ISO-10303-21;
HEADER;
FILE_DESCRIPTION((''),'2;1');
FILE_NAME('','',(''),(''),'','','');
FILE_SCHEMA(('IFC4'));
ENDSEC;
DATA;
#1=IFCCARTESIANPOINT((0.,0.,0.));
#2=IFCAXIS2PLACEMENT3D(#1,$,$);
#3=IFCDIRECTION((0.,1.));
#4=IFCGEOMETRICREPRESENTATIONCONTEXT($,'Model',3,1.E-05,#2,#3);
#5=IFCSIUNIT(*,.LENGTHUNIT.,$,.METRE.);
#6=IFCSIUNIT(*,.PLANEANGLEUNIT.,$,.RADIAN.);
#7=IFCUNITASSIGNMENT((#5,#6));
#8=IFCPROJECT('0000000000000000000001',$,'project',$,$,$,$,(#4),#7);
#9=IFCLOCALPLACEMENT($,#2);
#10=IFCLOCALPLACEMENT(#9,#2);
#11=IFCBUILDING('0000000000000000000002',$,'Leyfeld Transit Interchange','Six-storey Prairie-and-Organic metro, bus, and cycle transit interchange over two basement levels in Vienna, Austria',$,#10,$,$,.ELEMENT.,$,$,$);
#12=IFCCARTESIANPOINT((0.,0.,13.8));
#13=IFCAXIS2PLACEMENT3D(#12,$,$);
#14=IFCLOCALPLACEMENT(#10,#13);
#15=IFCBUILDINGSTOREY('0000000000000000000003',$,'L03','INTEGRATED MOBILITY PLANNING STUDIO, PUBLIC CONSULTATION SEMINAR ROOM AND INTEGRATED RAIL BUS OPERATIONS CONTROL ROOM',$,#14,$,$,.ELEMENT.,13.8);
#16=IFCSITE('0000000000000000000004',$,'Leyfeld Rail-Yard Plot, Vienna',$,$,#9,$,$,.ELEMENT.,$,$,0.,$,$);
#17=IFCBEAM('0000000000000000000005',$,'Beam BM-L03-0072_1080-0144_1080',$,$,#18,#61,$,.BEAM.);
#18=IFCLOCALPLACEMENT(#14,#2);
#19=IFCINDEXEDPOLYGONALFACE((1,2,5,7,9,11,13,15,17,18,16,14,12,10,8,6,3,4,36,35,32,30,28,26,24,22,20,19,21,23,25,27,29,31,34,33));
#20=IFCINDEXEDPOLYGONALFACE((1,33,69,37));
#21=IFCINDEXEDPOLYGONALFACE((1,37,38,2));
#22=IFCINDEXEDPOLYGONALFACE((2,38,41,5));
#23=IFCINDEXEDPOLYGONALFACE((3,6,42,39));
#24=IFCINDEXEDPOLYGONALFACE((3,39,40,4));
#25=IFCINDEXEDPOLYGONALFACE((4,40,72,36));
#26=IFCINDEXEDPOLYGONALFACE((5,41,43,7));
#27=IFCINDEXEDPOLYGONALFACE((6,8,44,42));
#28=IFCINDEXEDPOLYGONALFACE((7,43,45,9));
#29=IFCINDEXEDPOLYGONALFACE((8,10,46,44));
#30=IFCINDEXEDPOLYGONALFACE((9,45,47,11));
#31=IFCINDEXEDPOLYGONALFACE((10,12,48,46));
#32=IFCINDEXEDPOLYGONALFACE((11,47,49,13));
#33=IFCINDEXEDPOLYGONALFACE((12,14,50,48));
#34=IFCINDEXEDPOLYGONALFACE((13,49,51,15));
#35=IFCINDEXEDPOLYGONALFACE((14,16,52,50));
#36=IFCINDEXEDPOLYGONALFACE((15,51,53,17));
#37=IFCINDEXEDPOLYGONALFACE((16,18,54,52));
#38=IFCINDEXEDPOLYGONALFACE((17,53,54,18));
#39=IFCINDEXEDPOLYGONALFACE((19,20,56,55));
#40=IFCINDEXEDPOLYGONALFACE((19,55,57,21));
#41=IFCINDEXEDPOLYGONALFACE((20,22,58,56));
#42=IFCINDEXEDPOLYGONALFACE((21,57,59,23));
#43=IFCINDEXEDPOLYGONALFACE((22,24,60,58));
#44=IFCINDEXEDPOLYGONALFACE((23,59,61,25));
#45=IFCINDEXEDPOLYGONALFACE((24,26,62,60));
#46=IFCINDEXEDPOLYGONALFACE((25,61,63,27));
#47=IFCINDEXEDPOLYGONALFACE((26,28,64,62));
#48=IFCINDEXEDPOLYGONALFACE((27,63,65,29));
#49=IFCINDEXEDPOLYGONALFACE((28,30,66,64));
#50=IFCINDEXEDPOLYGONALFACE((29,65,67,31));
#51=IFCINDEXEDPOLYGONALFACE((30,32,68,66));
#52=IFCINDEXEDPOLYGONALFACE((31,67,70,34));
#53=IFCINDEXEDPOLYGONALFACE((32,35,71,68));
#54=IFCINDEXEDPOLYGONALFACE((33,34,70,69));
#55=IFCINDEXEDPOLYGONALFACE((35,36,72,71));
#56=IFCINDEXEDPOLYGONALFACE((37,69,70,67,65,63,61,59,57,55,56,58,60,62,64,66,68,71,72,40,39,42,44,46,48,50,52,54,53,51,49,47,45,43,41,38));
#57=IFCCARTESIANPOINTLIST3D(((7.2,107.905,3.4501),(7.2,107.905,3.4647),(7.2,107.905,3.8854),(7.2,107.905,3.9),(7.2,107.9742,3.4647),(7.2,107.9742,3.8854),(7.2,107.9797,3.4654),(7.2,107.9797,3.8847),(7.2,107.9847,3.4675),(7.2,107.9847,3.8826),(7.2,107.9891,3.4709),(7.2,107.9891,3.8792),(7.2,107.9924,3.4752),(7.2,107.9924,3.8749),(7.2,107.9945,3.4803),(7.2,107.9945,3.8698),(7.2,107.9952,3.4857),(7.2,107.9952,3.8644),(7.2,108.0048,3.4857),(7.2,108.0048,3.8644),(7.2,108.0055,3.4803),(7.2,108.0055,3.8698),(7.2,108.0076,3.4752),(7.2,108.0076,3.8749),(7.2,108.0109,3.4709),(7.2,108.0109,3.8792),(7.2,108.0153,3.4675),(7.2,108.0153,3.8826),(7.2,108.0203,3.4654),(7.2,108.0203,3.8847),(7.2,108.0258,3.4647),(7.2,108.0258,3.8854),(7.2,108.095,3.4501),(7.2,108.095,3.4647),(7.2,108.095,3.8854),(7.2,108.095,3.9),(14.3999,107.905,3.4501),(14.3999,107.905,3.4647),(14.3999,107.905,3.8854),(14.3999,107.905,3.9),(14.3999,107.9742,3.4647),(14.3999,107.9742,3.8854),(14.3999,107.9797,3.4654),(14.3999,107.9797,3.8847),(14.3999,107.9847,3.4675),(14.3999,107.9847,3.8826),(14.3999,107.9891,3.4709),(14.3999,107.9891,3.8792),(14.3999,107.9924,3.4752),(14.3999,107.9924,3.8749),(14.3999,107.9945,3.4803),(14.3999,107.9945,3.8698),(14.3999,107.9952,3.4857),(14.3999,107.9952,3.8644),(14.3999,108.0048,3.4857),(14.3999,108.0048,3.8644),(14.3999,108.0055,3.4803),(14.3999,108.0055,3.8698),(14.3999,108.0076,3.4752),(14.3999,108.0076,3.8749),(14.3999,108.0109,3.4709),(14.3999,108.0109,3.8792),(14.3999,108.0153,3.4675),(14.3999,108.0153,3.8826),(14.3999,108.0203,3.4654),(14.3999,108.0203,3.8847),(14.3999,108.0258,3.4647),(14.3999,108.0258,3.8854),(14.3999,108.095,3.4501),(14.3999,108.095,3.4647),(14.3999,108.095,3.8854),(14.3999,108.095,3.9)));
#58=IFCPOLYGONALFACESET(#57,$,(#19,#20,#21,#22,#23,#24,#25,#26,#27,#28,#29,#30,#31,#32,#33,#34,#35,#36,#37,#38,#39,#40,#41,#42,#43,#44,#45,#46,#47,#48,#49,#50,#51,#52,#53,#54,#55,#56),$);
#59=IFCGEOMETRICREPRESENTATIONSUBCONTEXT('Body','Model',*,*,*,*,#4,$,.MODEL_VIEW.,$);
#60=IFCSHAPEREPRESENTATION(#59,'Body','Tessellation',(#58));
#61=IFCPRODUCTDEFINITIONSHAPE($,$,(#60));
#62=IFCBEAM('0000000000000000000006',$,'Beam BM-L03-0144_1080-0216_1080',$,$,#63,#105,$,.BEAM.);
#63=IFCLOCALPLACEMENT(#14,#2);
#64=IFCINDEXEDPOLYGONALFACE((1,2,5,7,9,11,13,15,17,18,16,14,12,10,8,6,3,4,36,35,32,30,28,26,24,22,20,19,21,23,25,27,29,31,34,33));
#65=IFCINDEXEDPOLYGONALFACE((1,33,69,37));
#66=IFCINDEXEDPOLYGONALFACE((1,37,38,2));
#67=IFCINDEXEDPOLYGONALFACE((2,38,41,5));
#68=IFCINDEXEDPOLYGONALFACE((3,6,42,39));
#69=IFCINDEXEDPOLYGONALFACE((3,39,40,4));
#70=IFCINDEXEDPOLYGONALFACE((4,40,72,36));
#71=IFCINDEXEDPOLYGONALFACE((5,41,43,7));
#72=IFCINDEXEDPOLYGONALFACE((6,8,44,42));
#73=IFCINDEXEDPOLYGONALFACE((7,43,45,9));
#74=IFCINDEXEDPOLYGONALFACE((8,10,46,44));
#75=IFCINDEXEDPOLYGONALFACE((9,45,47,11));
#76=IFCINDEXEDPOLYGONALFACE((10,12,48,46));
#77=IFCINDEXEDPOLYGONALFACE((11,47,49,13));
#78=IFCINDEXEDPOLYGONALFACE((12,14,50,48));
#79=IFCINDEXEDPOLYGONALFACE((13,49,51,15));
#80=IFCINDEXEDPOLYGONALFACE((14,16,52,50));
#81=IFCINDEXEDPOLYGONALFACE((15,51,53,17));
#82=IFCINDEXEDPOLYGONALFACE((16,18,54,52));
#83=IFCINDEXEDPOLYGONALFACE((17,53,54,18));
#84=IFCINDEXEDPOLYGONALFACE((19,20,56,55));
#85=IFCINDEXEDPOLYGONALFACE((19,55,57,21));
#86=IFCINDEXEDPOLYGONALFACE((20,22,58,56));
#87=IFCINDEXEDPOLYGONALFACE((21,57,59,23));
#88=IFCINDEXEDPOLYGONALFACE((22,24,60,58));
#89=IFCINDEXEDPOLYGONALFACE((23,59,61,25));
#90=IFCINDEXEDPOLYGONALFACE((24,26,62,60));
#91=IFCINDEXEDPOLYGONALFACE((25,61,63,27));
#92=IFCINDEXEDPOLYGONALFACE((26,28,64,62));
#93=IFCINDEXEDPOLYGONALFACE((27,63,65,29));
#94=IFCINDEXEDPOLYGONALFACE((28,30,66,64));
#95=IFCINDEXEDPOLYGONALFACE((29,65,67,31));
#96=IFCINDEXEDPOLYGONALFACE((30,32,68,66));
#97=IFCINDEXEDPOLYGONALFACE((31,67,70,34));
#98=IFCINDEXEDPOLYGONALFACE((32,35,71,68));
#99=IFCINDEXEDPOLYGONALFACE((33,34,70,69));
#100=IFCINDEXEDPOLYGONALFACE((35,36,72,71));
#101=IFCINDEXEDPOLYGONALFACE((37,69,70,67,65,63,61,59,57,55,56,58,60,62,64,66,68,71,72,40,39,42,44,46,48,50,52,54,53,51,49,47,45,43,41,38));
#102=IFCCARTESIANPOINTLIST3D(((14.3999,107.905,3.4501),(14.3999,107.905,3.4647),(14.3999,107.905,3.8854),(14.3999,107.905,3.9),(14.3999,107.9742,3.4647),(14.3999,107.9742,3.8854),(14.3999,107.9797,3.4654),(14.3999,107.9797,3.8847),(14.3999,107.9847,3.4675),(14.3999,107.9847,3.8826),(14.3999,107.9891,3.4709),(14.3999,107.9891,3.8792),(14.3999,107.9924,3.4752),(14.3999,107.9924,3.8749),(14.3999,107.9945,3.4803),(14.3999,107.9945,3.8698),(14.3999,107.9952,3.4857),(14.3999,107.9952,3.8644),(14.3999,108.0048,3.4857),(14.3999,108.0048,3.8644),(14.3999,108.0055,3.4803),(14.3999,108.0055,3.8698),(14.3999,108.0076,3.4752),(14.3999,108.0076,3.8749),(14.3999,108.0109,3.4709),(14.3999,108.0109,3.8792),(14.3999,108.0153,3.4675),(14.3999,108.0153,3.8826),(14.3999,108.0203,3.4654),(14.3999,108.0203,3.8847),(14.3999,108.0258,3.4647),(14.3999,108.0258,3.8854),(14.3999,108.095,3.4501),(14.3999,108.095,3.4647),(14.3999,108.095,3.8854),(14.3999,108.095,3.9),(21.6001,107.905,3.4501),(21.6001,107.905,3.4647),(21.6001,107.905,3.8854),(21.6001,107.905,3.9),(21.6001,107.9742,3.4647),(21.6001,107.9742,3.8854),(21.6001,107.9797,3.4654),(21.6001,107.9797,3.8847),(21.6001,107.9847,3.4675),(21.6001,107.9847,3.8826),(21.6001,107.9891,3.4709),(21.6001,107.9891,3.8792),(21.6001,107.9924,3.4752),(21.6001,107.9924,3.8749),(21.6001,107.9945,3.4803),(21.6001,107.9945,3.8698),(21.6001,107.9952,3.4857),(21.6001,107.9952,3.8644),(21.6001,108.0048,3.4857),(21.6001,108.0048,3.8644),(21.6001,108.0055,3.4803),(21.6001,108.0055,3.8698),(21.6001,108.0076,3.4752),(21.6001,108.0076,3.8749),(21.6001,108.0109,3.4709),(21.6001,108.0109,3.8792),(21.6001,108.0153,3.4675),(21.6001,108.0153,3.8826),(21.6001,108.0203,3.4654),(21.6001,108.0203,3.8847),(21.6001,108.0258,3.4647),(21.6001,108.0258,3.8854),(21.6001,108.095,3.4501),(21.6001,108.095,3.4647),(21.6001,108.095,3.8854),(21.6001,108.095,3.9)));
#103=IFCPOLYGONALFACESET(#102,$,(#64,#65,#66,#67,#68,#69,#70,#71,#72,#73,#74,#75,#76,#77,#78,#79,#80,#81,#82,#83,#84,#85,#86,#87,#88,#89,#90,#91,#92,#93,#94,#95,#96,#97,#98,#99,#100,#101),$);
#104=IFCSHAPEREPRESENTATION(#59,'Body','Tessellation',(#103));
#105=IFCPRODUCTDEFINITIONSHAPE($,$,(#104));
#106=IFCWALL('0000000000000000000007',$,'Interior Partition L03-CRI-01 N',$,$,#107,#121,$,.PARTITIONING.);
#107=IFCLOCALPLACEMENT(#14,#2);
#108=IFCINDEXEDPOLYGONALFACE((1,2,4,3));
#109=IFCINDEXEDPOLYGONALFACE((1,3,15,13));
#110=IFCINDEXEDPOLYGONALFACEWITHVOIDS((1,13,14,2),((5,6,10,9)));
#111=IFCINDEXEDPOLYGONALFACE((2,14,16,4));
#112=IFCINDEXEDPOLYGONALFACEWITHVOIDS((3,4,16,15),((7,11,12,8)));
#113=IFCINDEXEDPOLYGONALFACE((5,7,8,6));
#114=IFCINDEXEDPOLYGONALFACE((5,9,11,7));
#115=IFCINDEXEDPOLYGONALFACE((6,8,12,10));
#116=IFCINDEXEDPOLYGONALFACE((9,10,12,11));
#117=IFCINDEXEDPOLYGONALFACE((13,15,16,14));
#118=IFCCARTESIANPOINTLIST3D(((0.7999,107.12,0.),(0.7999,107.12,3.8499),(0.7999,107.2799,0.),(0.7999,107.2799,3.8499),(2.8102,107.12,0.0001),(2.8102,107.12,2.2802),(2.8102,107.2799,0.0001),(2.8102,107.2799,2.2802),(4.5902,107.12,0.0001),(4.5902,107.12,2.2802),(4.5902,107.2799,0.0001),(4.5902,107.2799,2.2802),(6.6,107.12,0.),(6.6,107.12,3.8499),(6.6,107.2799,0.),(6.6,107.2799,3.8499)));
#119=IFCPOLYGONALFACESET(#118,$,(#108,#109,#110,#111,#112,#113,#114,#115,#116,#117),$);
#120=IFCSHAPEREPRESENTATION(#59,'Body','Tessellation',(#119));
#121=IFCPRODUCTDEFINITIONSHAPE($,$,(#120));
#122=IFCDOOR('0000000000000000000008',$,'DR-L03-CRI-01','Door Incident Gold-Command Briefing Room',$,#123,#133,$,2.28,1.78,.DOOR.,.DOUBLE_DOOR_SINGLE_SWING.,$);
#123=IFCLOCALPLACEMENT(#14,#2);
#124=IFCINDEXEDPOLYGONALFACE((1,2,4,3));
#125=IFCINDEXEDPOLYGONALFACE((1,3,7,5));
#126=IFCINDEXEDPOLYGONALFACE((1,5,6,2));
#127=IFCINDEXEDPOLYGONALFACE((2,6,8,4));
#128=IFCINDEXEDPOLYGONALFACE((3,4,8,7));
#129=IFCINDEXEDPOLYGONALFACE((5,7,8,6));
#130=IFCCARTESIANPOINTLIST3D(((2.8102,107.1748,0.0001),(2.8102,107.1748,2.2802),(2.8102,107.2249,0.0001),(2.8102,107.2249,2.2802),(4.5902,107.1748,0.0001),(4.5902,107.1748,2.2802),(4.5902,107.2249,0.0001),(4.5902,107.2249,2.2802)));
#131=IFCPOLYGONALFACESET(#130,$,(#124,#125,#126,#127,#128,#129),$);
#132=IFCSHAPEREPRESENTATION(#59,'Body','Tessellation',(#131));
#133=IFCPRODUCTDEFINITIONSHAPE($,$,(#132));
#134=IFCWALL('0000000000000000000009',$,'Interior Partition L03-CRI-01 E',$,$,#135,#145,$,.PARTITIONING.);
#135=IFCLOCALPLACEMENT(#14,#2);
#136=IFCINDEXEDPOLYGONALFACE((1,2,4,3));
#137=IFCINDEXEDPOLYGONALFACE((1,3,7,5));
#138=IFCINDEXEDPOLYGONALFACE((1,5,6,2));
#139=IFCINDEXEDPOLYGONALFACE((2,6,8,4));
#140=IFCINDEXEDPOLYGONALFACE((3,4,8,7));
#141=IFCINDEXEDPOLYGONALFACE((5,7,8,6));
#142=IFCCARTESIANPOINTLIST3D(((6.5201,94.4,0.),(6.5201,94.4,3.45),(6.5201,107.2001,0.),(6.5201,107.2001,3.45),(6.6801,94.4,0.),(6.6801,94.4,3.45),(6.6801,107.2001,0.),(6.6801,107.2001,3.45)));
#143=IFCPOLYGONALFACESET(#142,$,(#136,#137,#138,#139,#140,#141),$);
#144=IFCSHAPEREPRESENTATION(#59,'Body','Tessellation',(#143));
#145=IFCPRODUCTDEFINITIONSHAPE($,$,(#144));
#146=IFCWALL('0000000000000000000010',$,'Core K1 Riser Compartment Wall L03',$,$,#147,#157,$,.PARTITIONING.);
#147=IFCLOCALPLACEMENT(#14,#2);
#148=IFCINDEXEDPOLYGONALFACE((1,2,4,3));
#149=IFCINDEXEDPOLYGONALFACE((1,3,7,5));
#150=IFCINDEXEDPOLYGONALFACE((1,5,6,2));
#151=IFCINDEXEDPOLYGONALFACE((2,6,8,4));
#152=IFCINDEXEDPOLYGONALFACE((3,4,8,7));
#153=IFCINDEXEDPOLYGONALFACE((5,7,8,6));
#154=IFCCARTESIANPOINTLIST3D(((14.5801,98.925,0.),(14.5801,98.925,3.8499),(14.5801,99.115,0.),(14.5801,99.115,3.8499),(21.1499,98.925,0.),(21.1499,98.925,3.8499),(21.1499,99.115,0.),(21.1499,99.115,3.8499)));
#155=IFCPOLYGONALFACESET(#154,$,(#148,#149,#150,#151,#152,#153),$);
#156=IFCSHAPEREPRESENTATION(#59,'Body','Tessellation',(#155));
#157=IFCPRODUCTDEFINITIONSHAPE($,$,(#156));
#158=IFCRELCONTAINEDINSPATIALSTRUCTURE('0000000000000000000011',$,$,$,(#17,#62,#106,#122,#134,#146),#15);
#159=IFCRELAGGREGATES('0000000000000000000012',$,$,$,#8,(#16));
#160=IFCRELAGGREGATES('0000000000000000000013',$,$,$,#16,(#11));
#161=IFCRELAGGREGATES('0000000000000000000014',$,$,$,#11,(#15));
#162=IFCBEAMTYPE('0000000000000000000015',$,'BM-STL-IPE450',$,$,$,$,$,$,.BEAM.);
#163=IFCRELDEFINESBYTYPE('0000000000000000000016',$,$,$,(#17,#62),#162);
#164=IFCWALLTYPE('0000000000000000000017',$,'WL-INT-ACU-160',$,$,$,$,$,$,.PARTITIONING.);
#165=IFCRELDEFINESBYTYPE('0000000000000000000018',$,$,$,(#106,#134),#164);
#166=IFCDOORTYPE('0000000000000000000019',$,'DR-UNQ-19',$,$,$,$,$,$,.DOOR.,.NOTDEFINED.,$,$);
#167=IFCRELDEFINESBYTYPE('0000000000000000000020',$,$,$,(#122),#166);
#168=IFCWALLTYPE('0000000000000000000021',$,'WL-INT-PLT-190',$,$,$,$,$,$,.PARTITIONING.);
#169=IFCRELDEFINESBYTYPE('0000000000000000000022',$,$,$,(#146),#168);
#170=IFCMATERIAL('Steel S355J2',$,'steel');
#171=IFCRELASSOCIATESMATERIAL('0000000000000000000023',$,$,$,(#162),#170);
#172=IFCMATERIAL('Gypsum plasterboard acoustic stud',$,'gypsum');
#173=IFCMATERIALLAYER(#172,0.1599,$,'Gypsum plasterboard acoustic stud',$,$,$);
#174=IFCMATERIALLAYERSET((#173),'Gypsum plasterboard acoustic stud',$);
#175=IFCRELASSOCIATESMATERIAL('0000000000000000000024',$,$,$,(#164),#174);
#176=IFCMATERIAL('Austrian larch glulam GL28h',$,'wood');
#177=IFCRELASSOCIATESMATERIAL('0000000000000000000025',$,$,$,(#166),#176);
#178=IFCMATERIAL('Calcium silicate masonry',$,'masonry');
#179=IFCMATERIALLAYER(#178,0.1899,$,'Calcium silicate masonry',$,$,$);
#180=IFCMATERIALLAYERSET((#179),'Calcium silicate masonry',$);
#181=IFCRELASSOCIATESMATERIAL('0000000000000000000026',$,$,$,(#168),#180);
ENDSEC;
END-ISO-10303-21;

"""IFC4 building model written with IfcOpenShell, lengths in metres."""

from ifc_helpers import new_model, si_unit, direction, frame, frame_2d, origin, origin_2d, place, context, subcontext, project, spatial, rectangle, i_section, extrude, material, layer, layer_set, material_profile, profile_set, type_object, element, fill, save


model = new_model("IFC4")

# Units and contexts
model_context = context("Model", 3, precision=1e-05, world=origin(), true_north=direction((0.0, 1.0)))
body_context = subcontext(model_context, "Body", "Model", "MODEL_VIEW")
ifc_project = project(units=[si_unit("LENGTHUNIT", "METRE"), si_unit("PLANEANGLEUNIT", "RADIAN")], contexts=[model_context])

# Site, building, storey
site_placement = place(None, origin())
site = spatial("IfcSite", under=ifc_project, at=site_placement, Name="Leyfeld Rail-Yard Plot, Vienna", CompositionType="ELEMENT", RefElevation=0.0)
building_placement = place(site_placement, origin())
building = spatial("IfcBuilding", under=site, at=building_placement, Name="Leyfeld Transit Interchange", Description="Six-storey Prairie-and-Organic metro, bus, and cycle transit interchange over two basement levels in Vienna, Austria", CompositionType="ELEMENT")
storey_placement = place(building_placement, frame((0.0, 0.0, 13.8)))
storey = spatial("IfcBuildingStorey", under=building, at=storey_placement, Name="L03", Description="INTEGRATED MOBILITY PLANNING STUDIO, PUBLIC CONSULTATION SEMINAR ROOM AND INTEGRATED RAIL BUS OPERATIONS CONTROL ROOM", CompositionType="ELEMENT", Elevation=13.8)

# Beams
ifc_material_1 = material(Name="Steel S355J2", Category="steel")
ifc_material_profile_1 = material_profile(ifc_material_1, i_section(OverallWidth=0.1899, OverallDepth=0.45, WebThickness=0.0095, FlangeThickness=0.0146, FilletRadius=0.021, at=origin_2d()), Name="IPE 450")
ifc_profile_set_1 = profile_set([ifc_material_profile_1], Name="Steel S355J2")
beam_type_1 = type_object("IfcBeamType", Name="BM-STL-IPE450", PredefinedType="BEAM", material=ifc_profile_set_1)
beam_1_placement = place(storey_placement, frame((7.2, 108.0, 3.675), z_axis=(1.0, 0.0, 0.0), x_axis=(0.0, 1.0, 0.0)))
element("IfcBeam", 1, at=beam_1_placement, inside=storey, type_object=beam_type_1, Name="Beam BM-L03-0072_1080-0144_1080", PredefinedType="BEAM", context=body_context, shape_type="SweptSolid", body=[
    extrude(i_section(OverallWidth=0.1899, OverallDepth=0.45, WebThickness=0.0095, FlangeThickness=0.0146, FilletRadius=0.021, at=origin_2d()), origin(), (0.0, 0.0, 1.0), 7.2),
])
beam_2_placement = place(storey_placement, frame((14.3999, 108.0, 3.675), z_axis=(1.0, 0.0, 0.0), x_axis=(0.0, 1.0, 0.0)))
element("IfcBeam", 2, at=beam_2_placement, inside=storey, type_object=beam_type_1, Name="Beam BM-L03-0144_1080-0216_1080", PredefinedType="BEAM", context=body_context, shape_type="SweptSolid", body=[
    extrude(i_section(OverallWidth=0.1899, OverallDepth=0.45, WebThickness=0.0095, FlangeThickness=0.0146, FilletRadius=0.021, at=origin_2d()), origin(), (0.0, 0.0, 1.0), 7.2002),
])

# Wall, opening, door
ifc_material_2 = material(Name="Gypsum plasterboard acoustic stud", Category="gypsum")
ifc_layer_1 = layer(ifc_material_2, 0.1599, Name="Gypsum plasterboard acoustic stud")
ifc_layer_set_1 = layer_set([ifc_layer_1], Name="Gypsum plasterboard acoustic stud")
wall_type_1 = type_object("IfcWallType", Name="WL-INT-ACU-160", PredefinedType="PARTITIONING", material=ifc_layer_set_1)
wall_1_placement = place(storey_placement, frame((0.8, 107.2, 0.0), z_axis=(0.0, 0.0, 1.0), x_axis=(1.0, 0.0, 0.0)))
wall_1 = element("IfcWall", 3, at=wall_1_placement, inside=storey, type_object=wall_type_1, Name="Interior Partition L03-CRI-01 N", PredefinedType="PARTITIONING", context=body_context, shape_type="SweptSolid", body=[
    extrude(rectangle(XDim=5.8, YDim=0.1599, at=frame_2d((2.8999, 0.0))), origin(), (0.0, 0.0, 1.0), 3.8499),
])
opening_1_placement = place(wall_1_placement, frame((2.01, 0.0, 0.0)))
opening_1 = element("IfcOpeningElement", 4, at=opening_1_placement, cuts=wall_1, PredefinedType="OPENING", context=body_context, shape_type="SweptSolid", body=[
    extrude(rectangle(XDim=1.78, YDim=2.28, at=frame_2d((0.8901, 1.1401))), frame((0.0, 0.0898, 0.0), z_axis=(0.0, -1.0, 0.0), x_axis=(1.0, 0.0, 0.0)), (0.0, 0.0, 1.0), 0.1799),
])
ifc_material_3 = material(Name="Austrian larch glulam GL28h", Category="wood")
door_type_1 = type_object("IfcDoorType", Name="DR-UNQ-19", OperationType="NOTDEFINED", PredefinedType="DOOR", material=ifc_material_3)
door_1_placement = place(opening_1_placement, origin())
door_1 = element("IfcDoor", 5, at=door_1_placement, inside=storey, type_object=door_type_1, Name="DR-L03-CRI-01", Description="Door Incident Gold-Command Briefing Room", OperationType="DOUBLE_DOOR_SINGLE_SWING", OverallHeight=2.28, OverallWidth=1.78, PredefinedType="DOOR", context=body_context, shape_type="SweptSolid", body=[
    extrude(rectangle(XDim=1.78, YDim=2.28, at=frame_2d((0.8901, 1.1401))), frame((0.0, 0.0249, 0.0), z_axis=(0.0, -1.0, 0.0), x_axis=(1.0, 0.0, 0.0)), (0.0, 0.0, 1.0), 0.05),
])
fill(opening_1, door_1)

# Walls
wall_2_placement = place(storey_placement, frame((6.6001, 107.2, 0.0), z_axis=(0.0, 0.0, 1.0), x_axis=(0.0, -1.0, 0.0)))
element("IfcWall", 6, at=wall_2_placement, inside=storey, type_object=wall_type_1, Name="Interior Partition L03-CRI-01 E", PredefinedType="PARTITIONING", context=body_context, shape_type="SweptSolid", body=[
    extrude(rectangle(XDim=12.8, YDim=0.1599, at=frame_2d((6.3999, 0.0))), origin(), (0.0, 0.0, 1.0), 3.45),
])
ifc_material_4 = material(Name="Calcium silicate masonry", Category="masonry")
ifc_layer_2 = layer(ifc_material_4, 0.1899, Name="Calcium silicate masonry")
ifc_layer_set_2 = layer_set([ifc_layer_2], Name="Calcium silicate masonry")
wall_type_2 = type_object("IfcWallType", Name="WL-INT-PLT-190", PredefinedType="PARTITIONING", material=ifc_layer_set_2)
wall_3_placement = place(storey_placement, frame((14.5801, 99.02, 0.0), z_axis=(0.0, 0.0, 1.0), x_axis=(1.0, 0.0, 0.0)))
element("IfcWall", 7, at=wall_3_placement, inside=storey, type_object=wall_type_2, Name="Core K1 Riser Compartment Wall L03", PredefinedType="PARTITIONING", context=body_context, shape_type="SweptSolid", body=[
    extrude(rectangle(XDim=6.5698, YDim=0.1899, at=frame_2d((3.2849, 0.0))), origin(), (0.0, 0.0, 1.0), 3.8499),
])

save(model, "model.ifc")
